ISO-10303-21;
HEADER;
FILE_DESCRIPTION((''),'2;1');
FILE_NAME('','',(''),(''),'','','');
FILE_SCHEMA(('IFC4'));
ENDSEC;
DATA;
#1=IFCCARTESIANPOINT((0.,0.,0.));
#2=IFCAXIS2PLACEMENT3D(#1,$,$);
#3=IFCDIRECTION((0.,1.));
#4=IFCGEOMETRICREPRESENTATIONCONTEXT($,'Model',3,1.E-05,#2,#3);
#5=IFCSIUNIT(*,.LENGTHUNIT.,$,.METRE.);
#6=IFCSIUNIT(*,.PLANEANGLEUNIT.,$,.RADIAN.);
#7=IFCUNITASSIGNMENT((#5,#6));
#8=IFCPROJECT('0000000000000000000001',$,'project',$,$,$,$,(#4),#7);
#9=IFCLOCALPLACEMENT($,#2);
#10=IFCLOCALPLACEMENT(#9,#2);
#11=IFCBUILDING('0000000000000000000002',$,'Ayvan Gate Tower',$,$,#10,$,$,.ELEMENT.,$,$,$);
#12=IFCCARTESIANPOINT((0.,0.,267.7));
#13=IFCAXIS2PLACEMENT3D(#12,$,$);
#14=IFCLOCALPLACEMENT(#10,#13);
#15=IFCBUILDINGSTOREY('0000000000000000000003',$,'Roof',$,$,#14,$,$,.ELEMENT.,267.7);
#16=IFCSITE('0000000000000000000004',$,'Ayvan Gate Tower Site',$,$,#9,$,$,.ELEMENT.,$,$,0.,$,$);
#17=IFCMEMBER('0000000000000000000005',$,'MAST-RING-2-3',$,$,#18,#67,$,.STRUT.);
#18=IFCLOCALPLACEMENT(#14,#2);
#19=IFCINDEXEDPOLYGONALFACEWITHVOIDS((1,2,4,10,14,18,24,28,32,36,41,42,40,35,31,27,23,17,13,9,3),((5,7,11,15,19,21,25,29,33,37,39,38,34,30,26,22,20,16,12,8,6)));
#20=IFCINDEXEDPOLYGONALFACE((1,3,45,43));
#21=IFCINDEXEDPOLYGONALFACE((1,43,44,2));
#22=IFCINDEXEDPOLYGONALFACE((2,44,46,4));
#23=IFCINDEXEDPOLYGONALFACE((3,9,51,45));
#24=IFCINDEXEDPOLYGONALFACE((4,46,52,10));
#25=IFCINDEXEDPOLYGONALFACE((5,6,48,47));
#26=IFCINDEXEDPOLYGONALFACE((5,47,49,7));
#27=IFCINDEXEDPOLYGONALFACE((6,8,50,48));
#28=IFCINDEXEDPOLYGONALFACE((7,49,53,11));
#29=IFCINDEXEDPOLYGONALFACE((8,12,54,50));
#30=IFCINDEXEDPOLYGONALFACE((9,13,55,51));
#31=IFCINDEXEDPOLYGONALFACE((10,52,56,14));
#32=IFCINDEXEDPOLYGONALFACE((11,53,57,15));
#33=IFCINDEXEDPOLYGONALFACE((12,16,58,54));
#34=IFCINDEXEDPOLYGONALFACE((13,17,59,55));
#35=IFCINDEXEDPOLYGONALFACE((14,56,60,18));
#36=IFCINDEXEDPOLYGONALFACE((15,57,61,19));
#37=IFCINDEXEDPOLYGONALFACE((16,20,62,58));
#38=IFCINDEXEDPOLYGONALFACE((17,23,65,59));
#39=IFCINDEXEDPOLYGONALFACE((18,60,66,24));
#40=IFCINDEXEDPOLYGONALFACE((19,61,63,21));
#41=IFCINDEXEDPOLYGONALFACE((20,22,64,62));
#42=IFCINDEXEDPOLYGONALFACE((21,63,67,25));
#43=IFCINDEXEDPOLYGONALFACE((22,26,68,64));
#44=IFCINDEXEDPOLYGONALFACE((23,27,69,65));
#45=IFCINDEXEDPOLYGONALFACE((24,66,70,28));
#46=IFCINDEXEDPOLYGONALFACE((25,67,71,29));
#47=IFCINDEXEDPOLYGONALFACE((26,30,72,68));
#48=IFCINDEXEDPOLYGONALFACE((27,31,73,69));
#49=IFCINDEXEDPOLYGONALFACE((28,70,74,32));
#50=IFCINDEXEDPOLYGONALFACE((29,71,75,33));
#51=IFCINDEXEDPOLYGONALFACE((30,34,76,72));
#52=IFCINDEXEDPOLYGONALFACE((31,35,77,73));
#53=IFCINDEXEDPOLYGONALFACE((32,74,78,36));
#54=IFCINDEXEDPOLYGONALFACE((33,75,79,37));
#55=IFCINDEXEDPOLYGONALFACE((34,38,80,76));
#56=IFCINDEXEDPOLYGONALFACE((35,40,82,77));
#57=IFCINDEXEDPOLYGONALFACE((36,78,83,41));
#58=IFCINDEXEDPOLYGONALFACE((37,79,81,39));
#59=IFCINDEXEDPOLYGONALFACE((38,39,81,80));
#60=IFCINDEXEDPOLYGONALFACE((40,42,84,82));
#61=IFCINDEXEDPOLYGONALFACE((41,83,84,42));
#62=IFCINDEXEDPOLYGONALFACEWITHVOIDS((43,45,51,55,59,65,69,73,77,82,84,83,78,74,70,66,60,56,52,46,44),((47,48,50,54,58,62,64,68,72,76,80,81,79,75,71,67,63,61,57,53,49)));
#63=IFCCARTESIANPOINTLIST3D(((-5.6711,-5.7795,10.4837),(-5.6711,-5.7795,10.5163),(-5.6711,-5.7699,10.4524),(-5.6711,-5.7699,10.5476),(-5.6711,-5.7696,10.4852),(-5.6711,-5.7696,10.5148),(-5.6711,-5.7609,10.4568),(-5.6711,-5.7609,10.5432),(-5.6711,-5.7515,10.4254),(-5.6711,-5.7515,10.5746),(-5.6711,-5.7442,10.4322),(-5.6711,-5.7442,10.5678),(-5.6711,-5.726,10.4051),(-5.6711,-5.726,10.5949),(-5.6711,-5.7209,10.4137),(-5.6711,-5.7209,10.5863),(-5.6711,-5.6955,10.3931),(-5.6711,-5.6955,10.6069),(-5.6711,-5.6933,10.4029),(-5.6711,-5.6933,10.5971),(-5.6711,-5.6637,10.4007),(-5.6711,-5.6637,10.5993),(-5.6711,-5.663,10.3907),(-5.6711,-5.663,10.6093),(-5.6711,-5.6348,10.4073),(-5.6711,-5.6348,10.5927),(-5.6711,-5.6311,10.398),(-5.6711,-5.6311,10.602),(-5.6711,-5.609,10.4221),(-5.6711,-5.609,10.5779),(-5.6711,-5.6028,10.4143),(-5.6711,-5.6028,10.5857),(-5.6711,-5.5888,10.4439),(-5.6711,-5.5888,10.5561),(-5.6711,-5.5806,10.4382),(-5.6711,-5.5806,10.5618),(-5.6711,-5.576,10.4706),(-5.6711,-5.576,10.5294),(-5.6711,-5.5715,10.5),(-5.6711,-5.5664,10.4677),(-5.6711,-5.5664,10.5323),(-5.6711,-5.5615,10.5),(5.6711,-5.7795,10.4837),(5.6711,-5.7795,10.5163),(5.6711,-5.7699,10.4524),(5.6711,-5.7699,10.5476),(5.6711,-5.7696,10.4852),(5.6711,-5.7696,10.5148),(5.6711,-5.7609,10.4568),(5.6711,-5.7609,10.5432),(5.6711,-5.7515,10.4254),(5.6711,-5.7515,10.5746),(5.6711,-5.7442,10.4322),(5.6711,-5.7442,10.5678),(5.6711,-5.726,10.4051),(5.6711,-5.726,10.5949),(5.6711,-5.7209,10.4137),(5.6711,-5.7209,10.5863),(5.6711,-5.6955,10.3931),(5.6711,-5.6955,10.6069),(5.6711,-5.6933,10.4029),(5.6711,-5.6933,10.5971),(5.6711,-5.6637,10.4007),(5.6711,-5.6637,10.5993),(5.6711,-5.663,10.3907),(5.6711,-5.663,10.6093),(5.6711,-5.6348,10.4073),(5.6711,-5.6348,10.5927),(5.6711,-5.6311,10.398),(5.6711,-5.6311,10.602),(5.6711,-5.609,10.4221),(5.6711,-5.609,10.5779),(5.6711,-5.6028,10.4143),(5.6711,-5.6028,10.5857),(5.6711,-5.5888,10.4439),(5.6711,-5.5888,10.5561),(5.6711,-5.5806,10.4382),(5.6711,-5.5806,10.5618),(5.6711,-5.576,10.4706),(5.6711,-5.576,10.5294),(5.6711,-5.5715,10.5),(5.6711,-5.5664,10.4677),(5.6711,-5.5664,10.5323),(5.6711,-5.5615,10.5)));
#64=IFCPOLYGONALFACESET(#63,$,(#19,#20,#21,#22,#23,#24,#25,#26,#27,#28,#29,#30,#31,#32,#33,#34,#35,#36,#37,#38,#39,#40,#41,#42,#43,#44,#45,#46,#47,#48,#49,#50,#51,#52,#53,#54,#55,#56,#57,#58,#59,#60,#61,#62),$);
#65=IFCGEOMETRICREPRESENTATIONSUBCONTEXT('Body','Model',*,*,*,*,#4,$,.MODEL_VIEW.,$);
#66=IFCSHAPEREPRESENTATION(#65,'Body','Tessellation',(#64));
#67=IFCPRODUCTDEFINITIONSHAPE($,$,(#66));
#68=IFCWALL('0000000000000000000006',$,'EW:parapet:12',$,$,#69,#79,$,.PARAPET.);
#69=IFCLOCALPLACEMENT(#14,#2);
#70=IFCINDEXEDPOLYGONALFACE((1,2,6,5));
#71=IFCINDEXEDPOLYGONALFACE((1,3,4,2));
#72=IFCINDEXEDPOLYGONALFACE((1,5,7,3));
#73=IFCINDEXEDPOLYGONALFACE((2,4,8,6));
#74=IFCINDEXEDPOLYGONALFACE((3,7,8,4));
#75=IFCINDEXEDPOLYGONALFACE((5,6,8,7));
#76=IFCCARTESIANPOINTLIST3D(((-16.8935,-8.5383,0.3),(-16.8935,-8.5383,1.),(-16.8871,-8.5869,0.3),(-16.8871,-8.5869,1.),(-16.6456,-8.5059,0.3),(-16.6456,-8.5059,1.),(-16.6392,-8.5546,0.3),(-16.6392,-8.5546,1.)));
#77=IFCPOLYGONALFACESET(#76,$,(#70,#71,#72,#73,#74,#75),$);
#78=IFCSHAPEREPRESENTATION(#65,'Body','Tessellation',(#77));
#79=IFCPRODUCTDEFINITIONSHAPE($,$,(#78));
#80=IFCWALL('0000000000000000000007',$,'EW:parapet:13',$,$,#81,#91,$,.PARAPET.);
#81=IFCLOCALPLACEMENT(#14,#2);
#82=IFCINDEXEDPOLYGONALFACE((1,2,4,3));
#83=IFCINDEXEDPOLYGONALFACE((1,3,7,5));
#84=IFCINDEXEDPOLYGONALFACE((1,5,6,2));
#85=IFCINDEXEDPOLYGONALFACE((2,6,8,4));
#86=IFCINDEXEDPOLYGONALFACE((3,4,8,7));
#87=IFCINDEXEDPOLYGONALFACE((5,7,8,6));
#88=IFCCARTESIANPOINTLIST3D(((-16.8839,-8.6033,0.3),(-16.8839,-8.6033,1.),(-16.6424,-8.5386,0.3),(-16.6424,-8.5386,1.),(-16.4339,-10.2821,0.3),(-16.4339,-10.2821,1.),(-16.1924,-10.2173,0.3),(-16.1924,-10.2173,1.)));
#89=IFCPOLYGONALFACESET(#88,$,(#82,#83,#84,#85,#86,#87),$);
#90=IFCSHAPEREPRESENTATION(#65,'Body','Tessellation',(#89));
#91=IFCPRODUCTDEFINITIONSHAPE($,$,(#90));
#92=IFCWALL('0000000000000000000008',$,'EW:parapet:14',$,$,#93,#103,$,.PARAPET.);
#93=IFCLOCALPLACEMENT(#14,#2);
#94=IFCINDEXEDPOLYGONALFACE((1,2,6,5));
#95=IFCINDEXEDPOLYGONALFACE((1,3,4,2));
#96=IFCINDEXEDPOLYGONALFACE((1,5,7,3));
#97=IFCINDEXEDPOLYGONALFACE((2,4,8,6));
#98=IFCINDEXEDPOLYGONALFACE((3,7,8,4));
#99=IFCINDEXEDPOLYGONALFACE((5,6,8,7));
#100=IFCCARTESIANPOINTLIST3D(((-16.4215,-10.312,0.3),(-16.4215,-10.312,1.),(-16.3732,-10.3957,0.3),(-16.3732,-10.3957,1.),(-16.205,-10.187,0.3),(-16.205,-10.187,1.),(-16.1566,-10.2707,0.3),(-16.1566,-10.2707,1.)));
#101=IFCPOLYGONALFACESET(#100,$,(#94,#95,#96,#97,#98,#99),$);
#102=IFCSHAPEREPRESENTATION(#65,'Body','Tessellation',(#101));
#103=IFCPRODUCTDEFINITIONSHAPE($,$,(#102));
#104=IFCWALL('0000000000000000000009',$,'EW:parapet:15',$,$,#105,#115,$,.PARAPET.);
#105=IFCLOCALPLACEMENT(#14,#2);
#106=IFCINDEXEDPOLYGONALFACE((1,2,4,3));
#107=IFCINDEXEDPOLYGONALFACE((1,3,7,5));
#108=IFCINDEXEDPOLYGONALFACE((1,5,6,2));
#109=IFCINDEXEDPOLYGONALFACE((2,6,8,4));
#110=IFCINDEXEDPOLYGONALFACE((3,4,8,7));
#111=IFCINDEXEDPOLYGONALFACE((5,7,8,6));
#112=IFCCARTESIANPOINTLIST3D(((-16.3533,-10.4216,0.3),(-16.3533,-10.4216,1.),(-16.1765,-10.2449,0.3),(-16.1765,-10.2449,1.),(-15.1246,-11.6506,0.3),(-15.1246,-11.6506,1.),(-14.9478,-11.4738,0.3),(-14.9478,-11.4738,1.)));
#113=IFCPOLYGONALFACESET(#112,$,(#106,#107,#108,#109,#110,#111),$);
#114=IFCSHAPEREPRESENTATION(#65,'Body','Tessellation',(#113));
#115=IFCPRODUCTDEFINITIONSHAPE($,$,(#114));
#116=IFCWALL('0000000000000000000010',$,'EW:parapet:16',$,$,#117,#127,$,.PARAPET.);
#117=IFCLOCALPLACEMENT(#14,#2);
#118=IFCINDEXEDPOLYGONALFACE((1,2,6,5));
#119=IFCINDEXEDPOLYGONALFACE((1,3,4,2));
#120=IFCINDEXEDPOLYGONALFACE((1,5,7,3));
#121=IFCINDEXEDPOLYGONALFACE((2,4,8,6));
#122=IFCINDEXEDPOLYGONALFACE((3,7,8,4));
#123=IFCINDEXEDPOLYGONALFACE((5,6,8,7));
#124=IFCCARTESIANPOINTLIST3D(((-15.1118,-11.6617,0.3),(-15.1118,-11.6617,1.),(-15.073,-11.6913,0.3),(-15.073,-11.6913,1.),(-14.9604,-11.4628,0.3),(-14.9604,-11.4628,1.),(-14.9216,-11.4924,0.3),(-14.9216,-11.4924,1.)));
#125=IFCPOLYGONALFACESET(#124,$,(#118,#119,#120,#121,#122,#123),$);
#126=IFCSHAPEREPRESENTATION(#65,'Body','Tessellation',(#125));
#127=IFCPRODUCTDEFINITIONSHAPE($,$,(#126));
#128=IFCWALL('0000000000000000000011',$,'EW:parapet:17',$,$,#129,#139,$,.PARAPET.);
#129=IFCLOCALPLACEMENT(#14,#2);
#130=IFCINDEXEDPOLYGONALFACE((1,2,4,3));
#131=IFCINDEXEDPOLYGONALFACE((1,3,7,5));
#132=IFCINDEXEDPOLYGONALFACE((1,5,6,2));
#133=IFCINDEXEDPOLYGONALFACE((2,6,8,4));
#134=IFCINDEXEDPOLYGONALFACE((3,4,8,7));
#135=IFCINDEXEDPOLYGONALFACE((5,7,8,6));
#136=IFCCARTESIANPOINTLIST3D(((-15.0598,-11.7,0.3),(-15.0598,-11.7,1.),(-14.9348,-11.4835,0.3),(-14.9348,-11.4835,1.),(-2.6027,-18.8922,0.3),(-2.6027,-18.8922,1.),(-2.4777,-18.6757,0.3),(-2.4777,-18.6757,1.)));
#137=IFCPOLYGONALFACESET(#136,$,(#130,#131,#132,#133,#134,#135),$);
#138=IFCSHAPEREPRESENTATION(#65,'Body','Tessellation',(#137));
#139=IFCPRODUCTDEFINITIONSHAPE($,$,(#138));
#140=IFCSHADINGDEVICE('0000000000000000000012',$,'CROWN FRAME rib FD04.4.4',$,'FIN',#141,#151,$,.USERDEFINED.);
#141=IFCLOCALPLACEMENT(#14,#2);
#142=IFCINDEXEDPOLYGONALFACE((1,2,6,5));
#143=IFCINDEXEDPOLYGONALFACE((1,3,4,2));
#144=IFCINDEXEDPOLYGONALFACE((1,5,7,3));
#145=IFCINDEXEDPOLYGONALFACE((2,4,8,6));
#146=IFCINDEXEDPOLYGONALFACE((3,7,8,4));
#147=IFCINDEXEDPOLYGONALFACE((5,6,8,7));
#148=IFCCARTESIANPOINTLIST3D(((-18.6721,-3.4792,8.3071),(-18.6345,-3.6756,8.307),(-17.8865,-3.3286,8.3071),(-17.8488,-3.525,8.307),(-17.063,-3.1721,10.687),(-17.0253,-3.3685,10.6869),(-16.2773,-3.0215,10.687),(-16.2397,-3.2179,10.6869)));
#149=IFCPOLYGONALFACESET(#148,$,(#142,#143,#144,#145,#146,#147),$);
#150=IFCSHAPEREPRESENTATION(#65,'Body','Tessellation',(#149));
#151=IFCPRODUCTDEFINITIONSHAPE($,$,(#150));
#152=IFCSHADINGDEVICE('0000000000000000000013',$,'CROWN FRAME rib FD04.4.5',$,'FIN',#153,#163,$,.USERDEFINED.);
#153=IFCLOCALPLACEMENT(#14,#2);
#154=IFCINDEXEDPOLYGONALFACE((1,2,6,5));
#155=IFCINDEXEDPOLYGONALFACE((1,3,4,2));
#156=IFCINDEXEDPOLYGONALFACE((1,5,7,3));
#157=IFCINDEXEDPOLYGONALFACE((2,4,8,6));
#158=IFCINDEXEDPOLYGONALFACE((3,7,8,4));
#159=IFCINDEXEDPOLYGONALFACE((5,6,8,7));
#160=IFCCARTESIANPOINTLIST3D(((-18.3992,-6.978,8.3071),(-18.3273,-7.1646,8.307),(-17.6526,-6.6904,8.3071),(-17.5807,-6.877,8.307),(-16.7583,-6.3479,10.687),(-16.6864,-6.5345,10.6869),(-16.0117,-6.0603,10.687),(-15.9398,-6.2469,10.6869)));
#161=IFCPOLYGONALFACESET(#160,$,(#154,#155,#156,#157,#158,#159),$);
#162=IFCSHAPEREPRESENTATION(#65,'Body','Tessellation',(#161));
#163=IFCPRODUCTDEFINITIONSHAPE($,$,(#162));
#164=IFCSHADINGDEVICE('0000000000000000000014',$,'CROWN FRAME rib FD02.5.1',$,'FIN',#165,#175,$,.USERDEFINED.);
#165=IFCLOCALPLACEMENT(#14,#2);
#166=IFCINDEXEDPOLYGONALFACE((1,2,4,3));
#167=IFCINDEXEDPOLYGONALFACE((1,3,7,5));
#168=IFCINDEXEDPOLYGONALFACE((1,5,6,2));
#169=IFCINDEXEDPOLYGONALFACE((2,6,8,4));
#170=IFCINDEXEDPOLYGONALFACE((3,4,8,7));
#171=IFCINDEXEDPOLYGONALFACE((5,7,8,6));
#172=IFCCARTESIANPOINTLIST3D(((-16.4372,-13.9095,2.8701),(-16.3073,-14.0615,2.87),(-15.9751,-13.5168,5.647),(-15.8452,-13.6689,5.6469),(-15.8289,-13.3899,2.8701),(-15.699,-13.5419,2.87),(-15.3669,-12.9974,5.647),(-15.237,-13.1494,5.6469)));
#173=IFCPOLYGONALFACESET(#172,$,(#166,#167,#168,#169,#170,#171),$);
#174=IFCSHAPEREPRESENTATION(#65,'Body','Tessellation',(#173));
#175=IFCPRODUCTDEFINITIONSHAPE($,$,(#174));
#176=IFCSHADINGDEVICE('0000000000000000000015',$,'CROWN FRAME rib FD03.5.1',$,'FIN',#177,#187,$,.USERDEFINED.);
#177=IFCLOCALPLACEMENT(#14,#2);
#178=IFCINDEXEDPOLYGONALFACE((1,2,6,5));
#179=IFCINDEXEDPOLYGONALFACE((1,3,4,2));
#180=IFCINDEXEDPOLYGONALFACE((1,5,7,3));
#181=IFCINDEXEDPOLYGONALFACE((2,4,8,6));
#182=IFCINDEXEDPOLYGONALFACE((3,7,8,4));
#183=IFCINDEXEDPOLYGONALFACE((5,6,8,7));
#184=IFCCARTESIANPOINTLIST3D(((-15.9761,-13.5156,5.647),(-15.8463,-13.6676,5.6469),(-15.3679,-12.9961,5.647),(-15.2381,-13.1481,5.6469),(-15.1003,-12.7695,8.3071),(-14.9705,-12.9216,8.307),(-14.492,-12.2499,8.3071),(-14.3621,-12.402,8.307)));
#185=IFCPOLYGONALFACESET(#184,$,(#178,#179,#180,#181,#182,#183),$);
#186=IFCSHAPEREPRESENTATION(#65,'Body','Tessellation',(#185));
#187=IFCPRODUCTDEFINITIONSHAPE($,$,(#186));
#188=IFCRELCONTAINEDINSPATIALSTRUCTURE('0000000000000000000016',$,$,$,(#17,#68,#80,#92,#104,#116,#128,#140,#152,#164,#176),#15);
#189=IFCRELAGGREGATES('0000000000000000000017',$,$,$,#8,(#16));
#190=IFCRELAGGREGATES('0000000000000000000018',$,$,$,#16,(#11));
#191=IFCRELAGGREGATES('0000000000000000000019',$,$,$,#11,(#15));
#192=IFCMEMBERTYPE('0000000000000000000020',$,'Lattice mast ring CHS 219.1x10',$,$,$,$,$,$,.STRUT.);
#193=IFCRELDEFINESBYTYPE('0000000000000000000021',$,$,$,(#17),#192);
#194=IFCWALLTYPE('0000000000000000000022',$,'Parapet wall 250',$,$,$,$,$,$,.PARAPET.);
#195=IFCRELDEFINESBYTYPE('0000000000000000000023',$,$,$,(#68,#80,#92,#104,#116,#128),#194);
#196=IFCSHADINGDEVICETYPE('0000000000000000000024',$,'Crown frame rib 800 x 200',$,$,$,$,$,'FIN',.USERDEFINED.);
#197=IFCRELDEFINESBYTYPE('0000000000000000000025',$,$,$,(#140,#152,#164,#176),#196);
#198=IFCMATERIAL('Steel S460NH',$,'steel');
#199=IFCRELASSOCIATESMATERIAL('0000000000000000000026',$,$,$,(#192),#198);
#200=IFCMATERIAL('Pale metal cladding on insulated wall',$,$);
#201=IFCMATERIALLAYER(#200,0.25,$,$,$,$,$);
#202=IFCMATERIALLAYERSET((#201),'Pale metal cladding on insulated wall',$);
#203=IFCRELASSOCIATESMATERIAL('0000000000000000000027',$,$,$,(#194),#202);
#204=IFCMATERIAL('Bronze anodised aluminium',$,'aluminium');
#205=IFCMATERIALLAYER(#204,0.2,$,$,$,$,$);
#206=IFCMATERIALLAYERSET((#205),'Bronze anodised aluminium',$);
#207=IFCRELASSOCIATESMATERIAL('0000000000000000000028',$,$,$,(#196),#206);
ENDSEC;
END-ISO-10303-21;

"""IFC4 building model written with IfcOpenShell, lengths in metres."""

from ifc_helpers import new_model, si_unit, direction, frame, frame_2d, origin, origin_2d, place, context, subcontext, project, spatial, polyline, rectangle, hollow_circle, outline, extrude, material, layer, layer_set, material_profile, profile_set, type_object, element, save


model = new_model("IFC4")

# Units and contexts
model_context = context("Model", 3, precision=1e-05, world=origin(), true_north=direction((0.0, 1.0)))
body_context = subcontext(model_context, "Body", "Model", "MODEL_VIEW")
ifc_project = project(units=[si_unit("LENGTHUNIT", "METRE"), si_unit("PLANEANGLEUNIT", "RADIAN")], contexts=[model_context])

# Site, building, storey
site_placement = place(None, origin())
site = spatial("IfcSite", under=ifc_project, at=site_placement, Name="Ayvan Gate Tower Site", CompositionType="ELEMENT", RefElevation=0.0)
building_placement = place(site_placement, origin())
building = spatial("IfcBuilding", under=site, at=building_placement, Name="Ayvan Gate Tower", CompositionType="ELEMENT")
storey_placement = place(building_placement, frame((0.0, 0.0, 267.7)))
storey = spatial("IfcBuildingStorey", under=building, at=storey_placement, Name="Roof", CompositionType="ELEMENT", Elevation=267.7)

# Member
ifc_material_1 = material(Name="Steel S460NH", Category="steel")
ifc_material_profile_1 = material_profile(ifc_material_1, hollow_circle(Radius=0.1096, WallThickness=0.01, at=origin_2d()), Name="CHS 219.1x10")
ifc_profile_set_1 = profile_set([ifc_material_profile_1], Name="Steel S460NH")
member_type_1 = type_object("IfcMemberType", Name="Lattice mast ring CHS 219.1x10", PredefinedType="STRUT", material=ifc_profile_set_1)
member_1_placement = place(storey_placement, frame((-5.6711, -5.6711, 10.5), z_axis=(1.0, 0.0, 0.0), x_axis=(0.0, 1.0, 0.0)))
element("IfcMember", 1, at=member_1_placement, inside=storey, type_object=member_type_1, Name="MAST-RING-2-3", PredefinedType="STRUT", context=body_context, shape_type="SweptSolid", body=[
    extrude(hollow_circle(Radius=0.1096, WallThickness=0.01, at=origin_2d()), origin(), (0.0, 0.0, 1.0), 11.3423),
])

# Walls
ifc_material_2 = material(Name="Pale metal cladding on insulated wall")
ifc_layer_1 = layer(ifc_material_2, 0.25)
ifc_layer_set_1 = layer_set([ifc_layer_1], Name="Pale metal cladding on insulated wall")
wall_type = type_object("IfcWallType", Name="Parapet wall 250", PredefinedType="PARAPET", material=ifc_layer_set_1)
wall_1_placement = place(storey_placement, frame((-16.7695, -8.5222, 0.3), z_axis=(0.0, 0.0, 1.0), x_axis=(0.129552, -0.991573, 0.0)))
element("IfcWall", 2, at=wall_1_placement, inside=storey, type_object=wall_type, Name="EW:parapet:12", PredefinedType="PARAPET", context=body_context, shape_type="SweptSolid", body=[
    extrude(rectangle(XDim=0.0491, YDim=0.25, at=frame_2d((0.0244, 0.0))), origin(), (0.0, 0.0, 1.0), 0.7),
])
wall_2_placement = place(storey_placement, frame((-16.7632, -8.5708, 0.3), z_axis=(0.0, 0.0, 1.0), x_axis=(0.258895, -0.965905, 0.0)))
element("IfcWall", 3, at=wall_2_placement, inside=storey, type_object=wall_type, Name="EW:parapet:13", PredefinedType="PARAPET", context=body_context, shape_type="SweptSolid", body=[
    extrude(rectangle(XDim=1.738, YDim=0.25, at=frame_2d((0.8691, 0.0))), origin(), (0.0, 0.0, 1.0), 0.7),
])
wall_3_placement = place(storey_placement, frame((-16.3132, -10.2495, 0.3), z_axis=(0.0, 0.0, 1.0), x_axis=(0.499941, -0.866059, 0.0)))
element("IfcWall", 4, at=wall_3_placement, inside=storey, type_object=wall_type, Name="EW:parapet:14", PredefinedType="PARAPET", context=body_context, shape_type="SweptSolid", body=[
    extrude(rectangle(XDim=0.0967, YDim=0.25, at=frame_2d((0.0483, 0.0))), origin(), (0.0, 0.0, 1.0), 0.7),
])
wall_4_placement = place(storey_placement, frame((-16.2649, -10.3333, 0.3), z_axis=(0.0, 0.0, 1.0), x_axis=(0.707037, -0.707177, 0.0)))
element("IfcWall", 5, at=wall_4_placement, inside=storey, type_object=wall_type, Name="EW:parapet:15", PredefinedType="PARAPET", context=body_context, shape_type="SweptSolid", body=[
    extrude(rectangle(XDim=1.7378, YDim=0.25, at=frame_2d((0.8689, 0.0))), origin(), (0.0, 0.0, 1.0), 0.7),
])
wall_5_placement = place(storey_placement, frame((-15.0361, -11.5623, 0.3), z_axis=(0.0, 0.0, 1.0), x_axis=(0.795776, -0.605591, 0.0)))
element("IfcWall", 6, at=wall_5_placement, inside=storey, type_object=wall_type, Name="EW:parapet:16", PredefinedType="PARAPET", context=body_context, shape_type="SweptSolid", body=[
    extrude(rectangle(XDim=0.0488, YDim=0.25, at=frame_2d((0.0244, 0.0))), origin(), (0.0, 0.0, 1.0), 0.7),
])
wall_6_placement = place(storey_placement, frame((-14.9973, -11.5918, 0.3), z_axis=(0.0, 0.0, 1.0), x_axis=(0.866023, -0.500004, 0.0)))
element("IfcWall", 7, at=wall_6_placement, inside=storey, type_object=wall_type, Name="EW:parapet:17", PredefinedType="PARAPET", context=body_context, shape_type="SweptSolid", body=[
    extrude(rectangle(XDim=14.3843, YDim=0.25, at=frame_2d((7.1921, 0.0))), origin(), (0.0, 0.0, 1.0), 0.7),
])

# Shading devices
ifc_material_3 = material(Name="Bronze anodised aluminium", Category="aluminium")
ifc_layer_2 = layer(ifc_material_3, 0.2)
ifc_layer_set_2 = layer_set([ifc_layer_2], Name="Bronze anodised aluminium")
shading_device_type = type_object("IfcShadingDeviceType", Name="Crown frame rib 800 x 200", ElementType="FIN", PredefinedType="USERDEFINED", material=ifc_layer_set_2)
shading_device_1_placement = place(storey_placement, frame((-17.8865, -3.3286, 8.3071), z_axis=(-0.188304, 0.982111, 0.000576), x_axis=(-0.982111, -0.188304, 0.0)))
element("IfcShadingDevice", 8, at=shading_device_1_placement, inside=storey, type_object=shading_device_type, Name="CROWN FRAME rib FD04.4.4", ObjectType="FIN", PredefinedType="USERDEFINED", context=body_context, shape_type="SweptSolid", body=[
    extrude(outline(polyline([(0.0, 0.0), (0.8, 0.0), (-0.8382, 2.3799), (-1.6382, 2.3799), (0.0, 0.0)])), origin(), (0.0, 0.0, -1.0), 0.2),
])
shading_device_2_placement = place(storey_placement, frame((-17.6526, -6.6904, 8.3071), z_axis=(-0.35947, 0.933156, 0.000771), x_axis=(-0.933157, -0.35947, 0.0)))
element("IfcShadingDevice", 9, at=shading_device_2_placement, inside=storey, type_object=shading_device_type, Name="CROWN FRAME rib FD04.4.5", ObjectType="FIN", PredefinedType="USERDEFINED", context=body_context, shape_type="SweptSolid", body=[
    extrude(outline(polyline([(0.0, 0.0), (0.8001, 0.0), (-0.9576, 2.3799), (-1.7577, 2.3799), (0.0, 0.0)])), origin(), (0.0, 0.0, -1.0), 0.2),
])
shading_device_3_placement = place(storey_placement, frame((-15.8289, -13.3899, 2.8701), z_axis=(-0.649458, 0.760397, 0.000561), x_axis=(-0.760397, -0.649458, 0.0)))
element("IfcShadingDevice", 10, at=shading_device_3_placement, inside=storey, type_object=shading_device_type, Name="CROWN FRAME rib FD02.5.1", ObjectType="FIN", PredefinedType="USERDEFINED", context=body_context, shape_type="SweptSolid", body=[
    extrude(outline(polyline([(0.0, 0.0), (0.8, 0.0), (0.1937, 2.7769), (-0.6062, 2.7769), (0.0, 0.0)])), origin(), (0.0, 0.0, -1.0), 0.2),
])
shading_device_4_placement = place(storey_placement, frame((-15.3679, -12.9961, 5.647), z_axis=(-0.649458, 0.760397, 0.000565), x_axis=(-0.760397, -0.649458, 0.0)))
element("IfcShadingDevice", 11, at=shading_device_4_placement, inside=storey, type_object=shading_device_type, Name="CROWN FRAME rib FD03.5.1", ObjectType="FIN", PredefinedType="USERDEFINED", context=body_context, shape_type="SweptSolid", body=[
    extrude(outline(polyline([(0.0, 0.0), (0.7999, 0.0), (-0.3506, 2.6602), (-1.1506, 2.6602), (0.0, 0.0)])), origin(), (0.0, 0.0, -1.0), 0.2),
])

save(model, "model.ifc")
